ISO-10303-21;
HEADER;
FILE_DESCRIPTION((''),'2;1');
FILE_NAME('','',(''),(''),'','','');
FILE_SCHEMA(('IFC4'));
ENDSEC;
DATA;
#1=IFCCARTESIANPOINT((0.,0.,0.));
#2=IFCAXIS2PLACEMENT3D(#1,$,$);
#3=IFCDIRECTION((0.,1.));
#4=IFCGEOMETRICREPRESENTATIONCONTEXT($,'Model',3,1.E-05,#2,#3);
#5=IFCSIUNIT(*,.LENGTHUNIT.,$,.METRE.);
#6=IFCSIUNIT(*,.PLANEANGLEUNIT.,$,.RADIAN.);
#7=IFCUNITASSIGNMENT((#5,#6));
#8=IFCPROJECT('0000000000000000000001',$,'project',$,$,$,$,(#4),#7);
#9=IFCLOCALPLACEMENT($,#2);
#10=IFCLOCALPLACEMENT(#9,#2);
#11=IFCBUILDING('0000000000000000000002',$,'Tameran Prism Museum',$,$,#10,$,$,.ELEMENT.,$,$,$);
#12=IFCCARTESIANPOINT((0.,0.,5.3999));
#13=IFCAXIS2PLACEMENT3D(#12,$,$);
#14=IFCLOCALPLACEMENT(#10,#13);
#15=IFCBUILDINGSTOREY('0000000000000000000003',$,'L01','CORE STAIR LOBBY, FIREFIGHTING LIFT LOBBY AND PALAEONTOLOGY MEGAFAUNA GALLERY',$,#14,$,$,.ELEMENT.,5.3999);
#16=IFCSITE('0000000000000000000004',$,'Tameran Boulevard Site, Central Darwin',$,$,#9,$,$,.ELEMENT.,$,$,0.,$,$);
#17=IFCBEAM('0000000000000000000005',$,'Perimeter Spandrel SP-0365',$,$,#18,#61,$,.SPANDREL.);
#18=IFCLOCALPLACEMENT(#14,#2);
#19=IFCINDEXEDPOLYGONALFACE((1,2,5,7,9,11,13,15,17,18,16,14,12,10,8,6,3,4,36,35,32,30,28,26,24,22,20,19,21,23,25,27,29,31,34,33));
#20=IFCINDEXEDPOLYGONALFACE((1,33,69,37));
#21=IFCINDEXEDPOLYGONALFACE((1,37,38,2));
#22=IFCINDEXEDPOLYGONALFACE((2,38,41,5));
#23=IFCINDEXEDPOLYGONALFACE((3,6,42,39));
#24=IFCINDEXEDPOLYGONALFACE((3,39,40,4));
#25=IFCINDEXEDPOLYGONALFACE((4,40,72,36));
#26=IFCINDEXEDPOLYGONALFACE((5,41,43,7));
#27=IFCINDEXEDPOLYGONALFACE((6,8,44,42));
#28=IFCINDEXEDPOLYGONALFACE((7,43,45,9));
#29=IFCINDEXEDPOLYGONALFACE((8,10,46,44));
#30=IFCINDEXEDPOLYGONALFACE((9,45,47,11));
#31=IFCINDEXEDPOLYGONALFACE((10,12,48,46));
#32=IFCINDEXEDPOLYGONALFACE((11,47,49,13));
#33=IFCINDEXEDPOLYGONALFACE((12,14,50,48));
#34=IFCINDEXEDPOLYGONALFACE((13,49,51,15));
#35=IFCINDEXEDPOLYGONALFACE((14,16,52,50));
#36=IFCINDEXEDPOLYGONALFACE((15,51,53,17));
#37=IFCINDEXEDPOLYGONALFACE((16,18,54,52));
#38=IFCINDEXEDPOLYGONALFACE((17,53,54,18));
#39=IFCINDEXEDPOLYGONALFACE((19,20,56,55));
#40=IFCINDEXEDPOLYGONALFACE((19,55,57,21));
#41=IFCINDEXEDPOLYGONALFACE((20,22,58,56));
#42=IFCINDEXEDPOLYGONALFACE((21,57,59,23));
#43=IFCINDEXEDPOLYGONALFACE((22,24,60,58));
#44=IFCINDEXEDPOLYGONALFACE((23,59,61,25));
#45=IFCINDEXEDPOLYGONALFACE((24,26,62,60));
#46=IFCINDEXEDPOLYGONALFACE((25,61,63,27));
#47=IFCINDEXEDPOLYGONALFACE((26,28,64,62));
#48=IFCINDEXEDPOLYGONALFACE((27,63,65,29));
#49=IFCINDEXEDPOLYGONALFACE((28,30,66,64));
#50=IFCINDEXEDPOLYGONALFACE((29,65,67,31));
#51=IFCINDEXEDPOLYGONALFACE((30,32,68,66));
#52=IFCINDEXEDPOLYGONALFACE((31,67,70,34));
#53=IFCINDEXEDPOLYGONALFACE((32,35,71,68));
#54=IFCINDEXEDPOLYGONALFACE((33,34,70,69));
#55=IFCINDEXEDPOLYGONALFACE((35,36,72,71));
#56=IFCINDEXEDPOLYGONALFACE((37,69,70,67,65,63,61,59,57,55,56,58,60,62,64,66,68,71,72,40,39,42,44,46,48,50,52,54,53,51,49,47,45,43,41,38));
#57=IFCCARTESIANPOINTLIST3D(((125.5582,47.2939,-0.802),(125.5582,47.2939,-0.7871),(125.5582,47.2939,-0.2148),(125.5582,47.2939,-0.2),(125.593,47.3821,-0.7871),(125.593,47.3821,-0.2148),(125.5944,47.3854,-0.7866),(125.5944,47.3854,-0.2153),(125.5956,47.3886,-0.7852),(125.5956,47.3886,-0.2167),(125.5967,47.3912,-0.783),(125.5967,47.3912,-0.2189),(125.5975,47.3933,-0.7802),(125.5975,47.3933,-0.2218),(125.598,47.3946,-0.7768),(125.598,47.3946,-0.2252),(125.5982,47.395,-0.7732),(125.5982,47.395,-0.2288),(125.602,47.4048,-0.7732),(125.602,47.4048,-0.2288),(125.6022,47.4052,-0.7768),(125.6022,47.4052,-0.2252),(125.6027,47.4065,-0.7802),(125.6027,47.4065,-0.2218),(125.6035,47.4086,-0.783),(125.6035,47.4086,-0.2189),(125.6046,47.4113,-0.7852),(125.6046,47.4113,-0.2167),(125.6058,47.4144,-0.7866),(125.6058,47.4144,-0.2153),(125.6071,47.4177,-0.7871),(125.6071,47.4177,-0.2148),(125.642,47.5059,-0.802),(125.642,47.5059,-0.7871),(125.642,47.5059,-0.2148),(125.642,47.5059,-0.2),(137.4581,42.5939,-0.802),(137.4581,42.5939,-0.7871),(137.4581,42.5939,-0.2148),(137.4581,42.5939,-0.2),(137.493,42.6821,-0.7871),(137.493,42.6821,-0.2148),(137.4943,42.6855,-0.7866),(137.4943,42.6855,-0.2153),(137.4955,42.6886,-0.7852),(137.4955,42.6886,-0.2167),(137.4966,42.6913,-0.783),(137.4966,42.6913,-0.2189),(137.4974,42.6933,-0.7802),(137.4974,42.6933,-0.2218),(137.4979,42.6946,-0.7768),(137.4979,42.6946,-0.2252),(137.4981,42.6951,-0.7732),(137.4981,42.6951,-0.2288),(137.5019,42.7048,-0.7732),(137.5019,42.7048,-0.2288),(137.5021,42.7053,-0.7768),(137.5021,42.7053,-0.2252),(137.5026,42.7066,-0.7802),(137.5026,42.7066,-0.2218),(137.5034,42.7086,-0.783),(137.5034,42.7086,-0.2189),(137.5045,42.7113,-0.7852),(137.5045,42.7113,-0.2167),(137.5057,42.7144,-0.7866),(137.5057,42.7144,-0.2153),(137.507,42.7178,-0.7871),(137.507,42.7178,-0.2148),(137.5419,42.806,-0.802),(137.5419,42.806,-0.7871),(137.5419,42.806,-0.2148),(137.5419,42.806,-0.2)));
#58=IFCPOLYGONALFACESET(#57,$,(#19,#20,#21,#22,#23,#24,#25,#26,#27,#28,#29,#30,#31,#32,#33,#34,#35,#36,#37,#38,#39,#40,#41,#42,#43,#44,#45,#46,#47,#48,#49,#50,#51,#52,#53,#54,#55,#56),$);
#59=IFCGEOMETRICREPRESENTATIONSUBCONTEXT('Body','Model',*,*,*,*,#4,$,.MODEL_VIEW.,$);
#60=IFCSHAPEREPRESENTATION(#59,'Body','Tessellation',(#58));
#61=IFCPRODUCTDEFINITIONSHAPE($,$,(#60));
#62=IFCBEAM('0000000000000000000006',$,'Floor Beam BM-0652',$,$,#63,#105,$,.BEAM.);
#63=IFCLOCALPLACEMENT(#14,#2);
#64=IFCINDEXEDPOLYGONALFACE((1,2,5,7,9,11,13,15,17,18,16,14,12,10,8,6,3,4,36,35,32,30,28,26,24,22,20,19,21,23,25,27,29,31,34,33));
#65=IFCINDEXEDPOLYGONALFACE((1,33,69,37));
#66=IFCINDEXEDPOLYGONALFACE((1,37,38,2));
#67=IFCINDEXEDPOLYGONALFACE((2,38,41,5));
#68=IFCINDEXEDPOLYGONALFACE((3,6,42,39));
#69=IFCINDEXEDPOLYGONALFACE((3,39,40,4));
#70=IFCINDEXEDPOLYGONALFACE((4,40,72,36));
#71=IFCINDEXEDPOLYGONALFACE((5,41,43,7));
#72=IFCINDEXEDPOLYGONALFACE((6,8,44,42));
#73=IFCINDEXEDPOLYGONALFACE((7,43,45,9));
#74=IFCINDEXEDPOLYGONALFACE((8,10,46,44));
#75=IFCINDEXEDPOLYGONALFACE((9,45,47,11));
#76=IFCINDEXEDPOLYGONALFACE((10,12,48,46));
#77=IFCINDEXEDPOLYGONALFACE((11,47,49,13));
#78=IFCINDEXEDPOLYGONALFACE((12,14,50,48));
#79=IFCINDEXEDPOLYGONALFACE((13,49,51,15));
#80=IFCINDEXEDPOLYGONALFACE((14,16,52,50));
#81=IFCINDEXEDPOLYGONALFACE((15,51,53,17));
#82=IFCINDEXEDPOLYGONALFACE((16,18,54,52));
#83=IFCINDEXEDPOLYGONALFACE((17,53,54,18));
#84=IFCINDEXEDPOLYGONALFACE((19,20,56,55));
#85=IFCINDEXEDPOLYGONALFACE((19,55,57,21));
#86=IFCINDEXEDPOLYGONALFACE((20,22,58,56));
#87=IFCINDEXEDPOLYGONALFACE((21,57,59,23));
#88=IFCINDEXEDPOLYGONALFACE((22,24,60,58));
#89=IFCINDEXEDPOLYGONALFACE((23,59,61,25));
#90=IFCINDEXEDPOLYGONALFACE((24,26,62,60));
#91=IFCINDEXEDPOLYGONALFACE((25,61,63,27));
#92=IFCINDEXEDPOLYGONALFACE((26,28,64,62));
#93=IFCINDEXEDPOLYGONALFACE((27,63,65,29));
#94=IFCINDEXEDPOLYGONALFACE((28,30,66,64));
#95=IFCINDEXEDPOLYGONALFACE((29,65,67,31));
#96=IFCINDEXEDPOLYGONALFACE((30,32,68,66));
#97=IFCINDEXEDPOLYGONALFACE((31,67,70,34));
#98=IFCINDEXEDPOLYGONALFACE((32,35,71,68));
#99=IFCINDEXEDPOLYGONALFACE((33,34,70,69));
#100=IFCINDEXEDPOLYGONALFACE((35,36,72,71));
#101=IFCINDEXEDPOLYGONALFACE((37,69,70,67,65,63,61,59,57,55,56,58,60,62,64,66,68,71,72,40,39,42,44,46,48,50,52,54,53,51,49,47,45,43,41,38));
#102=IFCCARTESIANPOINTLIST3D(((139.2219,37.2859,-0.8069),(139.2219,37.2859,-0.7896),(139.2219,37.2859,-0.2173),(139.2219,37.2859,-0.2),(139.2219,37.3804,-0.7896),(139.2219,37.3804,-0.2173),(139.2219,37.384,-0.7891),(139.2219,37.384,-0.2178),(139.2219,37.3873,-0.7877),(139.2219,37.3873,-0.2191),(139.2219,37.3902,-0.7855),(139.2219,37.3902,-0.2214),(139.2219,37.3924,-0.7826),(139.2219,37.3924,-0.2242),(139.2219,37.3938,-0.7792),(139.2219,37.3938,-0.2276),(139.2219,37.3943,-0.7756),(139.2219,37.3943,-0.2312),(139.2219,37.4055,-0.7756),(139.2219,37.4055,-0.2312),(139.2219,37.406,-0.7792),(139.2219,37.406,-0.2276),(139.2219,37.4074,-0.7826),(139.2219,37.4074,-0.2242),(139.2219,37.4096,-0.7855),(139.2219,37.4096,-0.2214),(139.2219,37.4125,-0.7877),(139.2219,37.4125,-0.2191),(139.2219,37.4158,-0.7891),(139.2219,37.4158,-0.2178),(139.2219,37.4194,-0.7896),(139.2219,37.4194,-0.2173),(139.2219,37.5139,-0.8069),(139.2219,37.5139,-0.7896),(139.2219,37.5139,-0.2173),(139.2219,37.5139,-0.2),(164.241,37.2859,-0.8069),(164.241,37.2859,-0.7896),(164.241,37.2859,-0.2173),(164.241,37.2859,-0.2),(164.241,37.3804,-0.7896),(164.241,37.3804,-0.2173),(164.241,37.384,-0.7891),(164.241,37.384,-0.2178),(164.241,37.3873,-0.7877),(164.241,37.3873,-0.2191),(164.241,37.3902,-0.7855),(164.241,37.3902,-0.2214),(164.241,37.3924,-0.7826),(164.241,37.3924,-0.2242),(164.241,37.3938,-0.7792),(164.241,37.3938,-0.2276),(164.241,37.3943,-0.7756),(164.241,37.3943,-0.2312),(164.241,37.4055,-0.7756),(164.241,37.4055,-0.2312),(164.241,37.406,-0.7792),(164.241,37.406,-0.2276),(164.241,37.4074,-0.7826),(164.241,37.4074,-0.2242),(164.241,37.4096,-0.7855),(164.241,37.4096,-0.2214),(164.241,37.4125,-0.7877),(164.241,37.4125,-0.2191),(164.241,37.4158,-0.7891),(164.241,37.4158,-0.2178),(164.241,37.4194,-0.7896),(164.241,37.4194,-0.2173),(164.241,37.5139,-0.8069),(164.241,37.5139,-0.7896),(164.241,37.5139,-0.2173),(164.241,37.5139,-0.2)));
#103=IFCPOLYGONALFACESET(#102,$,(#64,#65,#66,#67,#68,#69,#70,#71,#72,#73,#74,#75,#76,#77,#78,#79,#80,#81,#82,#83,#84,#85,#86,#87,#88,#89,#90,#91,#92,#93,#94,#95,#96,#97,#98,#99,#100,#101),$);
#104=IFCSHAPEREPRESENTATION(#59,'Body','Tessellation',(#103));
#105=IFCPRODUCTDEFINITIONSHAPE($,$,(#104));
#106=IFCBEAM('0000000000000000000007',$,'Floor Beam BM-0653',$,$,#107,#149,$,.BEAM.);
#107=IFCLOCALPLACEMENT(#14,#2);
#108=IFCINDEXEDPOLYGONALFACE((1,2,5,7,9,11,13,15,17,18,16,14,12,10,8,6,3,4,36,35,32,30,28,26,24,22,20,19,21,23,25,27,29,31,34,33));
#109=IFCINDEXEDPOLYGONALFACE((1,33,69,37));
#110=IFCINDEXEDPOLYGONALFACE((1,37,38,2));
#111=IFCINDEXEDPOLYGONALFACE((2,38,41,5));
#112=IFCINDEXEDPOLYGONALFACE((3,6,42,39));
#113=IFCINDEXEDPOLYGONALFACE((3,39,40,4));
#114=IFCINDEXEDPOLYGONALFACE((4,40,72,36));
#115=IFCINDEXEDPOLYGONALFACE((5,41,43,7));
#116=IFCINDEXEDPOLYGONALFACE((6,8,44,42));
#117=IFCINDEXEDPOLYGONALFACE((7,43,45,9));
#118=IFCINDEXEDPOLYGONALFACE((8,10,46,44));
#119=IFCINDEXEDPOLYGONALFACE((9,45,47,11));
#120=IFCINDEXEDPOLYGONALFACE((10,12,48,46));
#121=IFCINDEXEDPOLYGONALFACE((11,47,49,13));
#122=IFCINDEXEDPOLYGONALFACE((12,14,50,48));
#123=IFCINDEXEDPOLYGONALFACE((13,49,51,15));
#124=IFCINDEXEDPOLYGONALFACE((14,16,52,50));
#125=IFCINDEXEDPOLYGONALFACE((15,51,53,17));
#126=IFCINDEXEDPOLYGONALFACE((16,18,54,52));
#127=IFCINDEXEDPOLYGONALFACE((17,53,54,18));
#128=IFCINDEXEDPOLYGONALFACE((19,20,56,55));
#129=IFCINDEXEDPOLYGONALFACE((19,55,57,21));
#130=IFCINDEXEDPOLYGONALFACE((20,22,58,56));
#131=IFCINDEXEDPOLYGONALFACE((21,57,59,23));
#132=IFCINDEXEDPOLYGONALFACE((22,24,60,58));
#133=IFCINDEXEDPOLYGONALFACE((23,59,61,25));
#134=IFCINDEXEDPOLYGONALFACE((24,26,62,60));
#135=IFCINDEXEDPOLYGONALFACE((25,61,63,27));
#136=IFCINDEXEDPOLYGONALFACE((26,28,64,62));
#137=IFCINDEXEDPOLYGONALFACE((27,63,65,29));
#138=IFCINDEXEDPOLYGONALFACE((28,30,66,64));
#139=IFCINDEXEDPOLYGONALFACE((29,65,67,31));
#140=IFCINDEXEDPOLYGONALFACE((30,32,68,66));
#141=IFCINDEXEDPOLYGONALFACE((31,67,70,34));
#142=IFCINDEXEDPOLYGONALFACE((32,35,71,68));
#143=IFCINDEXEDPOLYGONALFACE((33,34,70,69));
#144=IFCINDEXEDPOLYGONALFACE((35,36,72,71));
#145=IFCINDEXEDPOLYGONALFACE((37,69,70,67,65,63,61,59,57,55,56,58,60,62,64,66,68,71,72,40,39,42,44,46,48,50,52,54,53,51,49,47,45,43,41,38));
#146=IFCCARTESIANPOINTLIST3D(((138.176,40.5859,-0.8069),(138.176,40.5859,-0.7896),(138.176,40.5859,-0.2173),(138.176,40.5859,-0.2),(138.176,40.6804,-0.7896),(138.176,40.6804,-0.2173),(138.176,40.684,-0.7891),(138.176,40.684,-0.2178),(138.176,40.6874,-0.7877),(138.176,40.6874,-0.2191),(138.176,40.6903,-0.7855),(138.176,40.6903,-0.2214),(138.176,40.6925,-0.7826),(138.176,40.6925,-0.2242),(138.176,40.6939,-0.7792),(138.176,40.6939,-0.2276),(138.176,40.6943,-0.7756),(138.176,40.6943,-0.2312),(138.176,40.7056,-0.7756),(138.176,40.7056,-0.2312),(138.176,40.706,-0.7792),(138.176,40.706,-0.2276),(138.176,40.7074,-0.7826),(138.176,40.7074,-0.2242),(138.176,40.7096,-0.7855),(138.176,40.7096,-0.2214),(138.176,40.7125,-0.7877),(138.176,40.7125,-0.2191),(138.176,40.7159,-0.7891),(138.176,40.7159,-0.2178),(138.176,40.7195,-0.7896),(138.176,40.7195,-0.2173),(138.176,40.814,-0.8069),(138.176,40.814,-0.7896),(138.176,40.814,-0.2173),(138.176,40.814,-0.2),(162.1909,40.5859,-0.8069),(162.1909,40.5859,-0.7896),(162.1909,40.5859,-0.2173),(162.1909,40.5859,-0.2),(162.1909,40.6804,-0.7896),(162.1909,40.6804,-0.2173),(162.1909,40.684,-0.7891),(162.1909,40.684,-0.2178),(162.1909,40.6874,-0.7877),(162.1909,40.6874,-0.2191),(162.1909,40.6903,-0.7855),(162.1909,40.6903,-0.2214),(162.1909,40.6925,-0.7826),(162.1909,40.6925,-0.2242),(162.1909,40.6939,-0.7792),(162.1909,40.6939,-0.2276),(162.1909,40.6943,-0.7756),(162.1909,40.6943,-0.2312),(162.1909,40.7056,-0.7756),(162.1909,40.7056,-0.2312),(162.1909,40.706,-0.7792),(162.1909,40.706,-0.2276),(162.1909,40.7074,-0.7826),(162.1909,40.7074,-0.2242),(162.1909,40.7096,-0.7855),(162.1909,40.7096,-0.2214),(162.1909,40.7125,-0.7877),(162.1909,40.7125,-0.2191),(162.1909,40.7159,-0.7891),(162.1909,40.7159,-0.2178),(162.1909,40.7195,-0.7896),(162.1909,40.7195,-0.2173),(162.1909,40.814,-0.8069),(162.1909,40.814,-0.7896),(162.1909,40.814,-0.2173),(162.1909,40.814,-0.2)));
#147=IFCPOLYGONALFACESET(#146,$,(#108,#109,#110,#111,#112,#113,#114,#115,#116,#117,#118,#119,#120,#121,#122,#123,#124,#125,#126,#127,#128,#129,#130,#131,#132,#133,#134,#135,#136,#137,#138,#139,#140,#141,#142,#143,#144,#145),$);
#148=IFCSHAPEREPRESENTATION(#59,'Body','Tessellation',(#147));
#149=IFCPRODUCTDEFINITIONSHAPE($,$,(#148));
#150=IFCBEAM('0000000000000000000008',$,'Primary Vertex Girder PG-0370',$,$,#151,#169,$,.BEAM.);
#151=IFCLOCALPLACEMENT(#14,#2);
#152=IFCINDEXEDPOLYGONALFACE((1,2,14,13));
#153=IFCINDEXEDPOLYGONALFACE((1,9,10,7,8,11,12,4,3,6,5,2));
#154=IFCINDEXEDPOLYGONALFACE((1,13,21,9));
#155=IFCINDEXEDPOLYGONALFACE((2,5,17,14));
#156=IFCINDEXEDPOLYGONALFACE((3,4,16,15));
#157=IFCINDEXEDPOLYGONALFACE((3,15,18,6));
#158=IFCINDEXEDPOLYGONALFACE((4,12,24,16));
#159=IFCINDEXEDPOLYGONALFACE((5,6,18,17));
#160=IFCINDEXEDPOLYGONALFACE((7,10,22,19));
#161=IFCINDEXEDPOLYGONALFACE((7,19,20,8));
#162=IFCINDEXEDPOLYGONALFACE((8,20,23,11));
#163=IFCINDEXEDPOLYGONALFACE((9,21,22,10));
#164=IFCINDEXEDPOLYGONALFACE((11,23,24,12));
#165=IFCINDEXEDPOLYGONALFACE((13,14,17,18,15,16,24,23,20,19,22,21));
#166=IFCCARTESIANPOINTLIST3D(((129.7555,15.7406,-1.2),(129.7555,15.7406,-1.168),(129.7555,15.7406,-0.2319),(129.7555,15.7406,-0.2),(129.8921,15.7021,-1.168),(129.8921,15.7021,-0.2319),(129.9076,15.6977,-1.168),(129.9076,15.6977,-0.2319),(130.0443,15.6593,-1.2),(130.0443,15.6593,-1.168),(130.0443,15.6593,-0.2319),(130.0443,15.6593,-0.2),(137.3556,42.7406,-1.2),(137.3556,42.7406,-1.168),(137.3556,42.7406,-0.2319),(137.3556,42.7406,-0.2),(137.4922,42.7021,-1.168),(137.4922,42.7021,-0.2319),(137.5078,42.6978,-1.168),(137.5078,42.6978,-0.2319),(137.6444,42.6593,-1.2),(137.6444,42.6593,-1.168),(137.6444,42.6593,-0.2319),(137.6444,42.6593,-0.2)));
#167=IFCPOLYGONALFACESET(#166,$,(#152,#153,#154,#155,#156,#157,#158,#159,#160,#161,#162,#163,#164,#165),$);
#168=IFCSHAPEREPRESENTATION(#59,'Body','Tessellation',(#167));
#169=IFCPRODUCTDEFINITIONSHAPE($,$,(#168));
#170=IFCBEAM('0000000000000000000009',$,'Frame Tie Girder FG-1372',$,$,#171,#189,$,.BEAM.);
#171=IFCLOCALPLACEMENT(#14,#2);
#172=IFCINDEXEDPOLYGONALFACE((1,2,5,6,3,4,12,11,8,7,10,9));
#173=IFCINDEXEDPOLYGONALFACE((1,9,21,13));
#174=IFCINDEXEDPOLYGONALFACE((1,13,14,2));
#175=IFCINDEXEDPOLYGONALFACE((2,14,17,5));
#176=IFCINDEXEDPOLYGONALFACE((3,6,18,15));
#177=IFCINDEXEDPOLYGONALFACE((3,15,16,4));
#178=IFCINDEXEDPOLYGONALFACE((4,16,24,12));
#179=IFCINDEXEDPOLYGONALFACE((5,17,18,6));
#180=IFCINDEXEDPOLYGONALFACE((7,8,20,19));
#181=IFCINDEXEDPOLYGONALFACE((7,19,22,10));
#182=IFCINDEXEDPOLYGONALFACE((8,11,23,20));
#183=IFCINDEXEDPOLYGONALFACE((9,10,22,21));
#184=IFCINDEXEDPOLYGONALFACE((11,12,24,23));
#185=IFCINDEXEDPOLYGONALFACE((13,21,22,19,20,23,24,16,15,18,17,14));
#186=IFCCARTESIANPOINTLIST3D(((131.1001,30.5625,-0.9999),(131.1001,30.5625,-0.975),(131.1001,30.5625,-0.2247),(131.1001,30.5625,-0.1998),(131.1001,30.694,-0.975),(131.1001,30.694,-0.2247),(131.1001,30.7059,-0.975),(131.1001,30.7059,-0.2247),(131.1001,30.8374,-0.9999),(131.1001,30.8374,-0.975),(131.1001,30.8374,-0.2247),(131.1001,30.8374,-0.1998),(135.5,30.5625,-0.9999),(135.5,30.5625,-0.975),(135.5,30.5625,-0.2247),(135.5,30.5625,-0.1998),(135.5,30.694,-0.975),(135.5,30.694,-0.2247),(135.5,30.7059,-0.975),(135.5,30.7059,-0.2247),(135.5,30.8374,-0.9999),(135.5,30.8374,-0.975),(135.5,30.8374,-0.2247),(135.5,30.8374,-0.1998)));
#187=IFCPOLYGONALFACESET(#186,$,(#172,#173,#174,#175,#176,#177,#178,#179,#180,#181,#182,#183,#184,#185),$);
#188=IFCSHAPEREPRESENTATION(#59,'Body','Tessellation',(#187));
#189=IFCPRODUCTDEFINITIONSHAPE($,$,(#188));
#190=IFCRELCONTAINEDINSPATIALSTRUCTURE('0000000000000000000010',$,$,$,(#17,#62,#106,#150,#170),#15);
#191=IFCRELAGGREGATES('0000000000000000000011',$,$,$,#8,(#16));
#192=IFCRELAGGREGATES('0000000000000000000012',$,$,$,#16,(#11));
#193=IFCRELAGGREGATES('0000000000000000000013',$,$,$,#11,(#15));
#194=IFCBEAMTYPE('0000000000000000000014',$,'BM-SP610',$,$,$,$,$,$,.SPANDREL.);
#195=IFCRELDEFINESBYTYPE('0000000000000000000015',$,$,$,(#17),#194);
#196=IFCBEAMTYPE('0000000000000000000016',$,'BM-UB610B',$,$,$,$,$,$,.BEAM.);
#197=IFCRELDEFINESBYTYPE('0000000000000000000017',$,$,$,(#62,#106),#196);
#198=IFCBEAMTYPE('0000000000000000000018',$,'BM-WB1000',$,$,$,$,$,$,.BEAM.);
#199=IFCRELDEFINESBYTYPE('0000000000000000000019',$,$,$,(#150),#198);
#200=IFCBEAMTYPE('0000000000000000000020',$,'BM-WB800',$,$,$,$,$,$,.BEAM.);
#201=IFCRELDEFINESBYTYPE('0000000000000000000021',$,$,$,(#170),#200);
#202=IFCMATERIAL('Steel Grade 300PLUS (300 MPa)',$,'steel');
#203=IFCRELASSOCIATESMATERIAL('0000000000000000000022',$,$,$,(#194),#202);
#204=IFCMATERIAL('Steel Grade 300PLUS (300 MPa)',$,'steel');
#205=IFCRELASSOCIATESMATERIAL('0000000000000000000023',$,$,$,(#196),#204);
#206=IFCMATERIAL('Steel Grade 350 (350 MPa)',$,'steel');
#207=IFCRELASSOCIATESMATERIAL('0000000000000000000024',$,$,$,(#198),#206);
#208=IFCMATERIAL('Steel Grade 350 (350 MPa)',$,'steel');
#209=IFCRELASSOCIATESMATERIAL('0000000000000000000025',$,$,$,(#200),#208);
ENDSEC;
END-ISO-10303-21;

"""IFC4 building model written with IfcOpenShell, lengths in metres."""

from ifc_helpers import new_model, si_unit, direction, frame, origin, origin_2d, place, context, subcontext, project, spatial, i_section, extrude, material, material_profile, profile_set, type_object, element, save


model = new_model("IFC4")

# Units and contexts
model_context = context("Model", 3, precision=1e-05, world=origin(), true_north=direction((0.0, 1.0)))
body_context = subcontext(model_context, "Body", "Model", "MODEL_VIEW")
ifc_project = project(units=[si_unit("LENGTHUNIT", "METRE"), si_unit("PLANEANGLEUNIT", "RADIAN")], contexts=[model_context])

# Site, building, storey
site_placement = place(None, origin())
site = spatial("IfcSite", under=ifc_project, at=site_placement, Name="Tameran Boulevard Site, Central Darwin", CompositionType="ELEMENT", RefElevation=0.0)
building_placement = place(site_placement, origin())
building = spatial("IfcBuilding", under=site, at=building_placement, Name="Tameran Prism Museum", CompositionType="ELEMENT")
storey_placement = place(building_placement, frame((0.0, 0.0, 5.3999)))
storey = spatial("IfcBuildingStorey", under=building, at=storey_placement, Name="L01", Description="CORE STAIR LOBBY, FIREFIGHTING LIFT LOBBY AND PALAEONTOLOGY MEGAFAUNA GALLERY", CompositionType="ELEMENT", Elevation=5.3999)

# Beams
ifc_material_1 = material(Name="Steel Grade 300PLUS (300 MPa)", Category="steel")
ifc_material_profile_1 = material_profile(ifc_material_1, i_section(OverallWidth=0.228, OverallDepth=0.6021, WebThickness=0.0105, FlangeThickness=0.0149, FilletRadius=0.0139, at=origin_2d()))
ifc_profile_set_1 = profile_set([ifc_material_profile_1])
beam_type_1 = type_object("IfcBeamType", Name="BM-SP610", PredefinedType="SPANDREL", material=ifc_profile_set_1)
beam_1_placement = place(storey_placement, frame((137.5, 42.7, -0.501), z_axis=(-0.930085, 0.367344, 0.0), x_axis=(-0.367344, -0.930085, 0.0)))
element("IfcBeam", 1, at=beam_1_placement, inside=storey, type_object=beam_type_1, Name="Perimeter Spandrel SP-0365", PredefinedType="SPANDREL", context=body_context, shape_type="SweptSolid", body=[
    extrude(i_section(OverallWidth=0.228, OverallDepth=0.6021, WebThickness=0.0105, FlangeThickness=0.0149, FilletRadius=0.0139, at=origin_2d()), origin(), (0.0, 0.0, 1.0), 12.7944),
])
ifc_material_2 = material(Name="Steel Grade 300PLUS (300 MPa)", Category="steel")
ifc_material_profile_2 = material_profile(ifc_material_2, i_section(OverallWidth=0.228, OverallDepth=0.6069, WebThickness=0.0112, FlangeThickness=0.0173, FilletRadius=0.0139, at=origin_2d()))
ifc_profile_set_2 = profile_set([ifc_material_profile_2])
beam_type_2 = type_object("IfcBeamType", Name="BM-UB610B", PredefinedType="BEAM", material=ifc_profile_set_2)
beam_2_placement = place(storey_placement, frame((139.2219, 37.3999, -0.5034), z_axis=(1.0, 0.0, 0.0), x_axis=(0.0, 1.0, 0.0)))
element("IfcBeam", 2, at=beam_2_placement, inside=storey, type_object=beam_type_2, Name="Floor Beam BM-0652", PredefinedType="BEAM", context=body_context, shape_type="SweptSolid", body=[
    extrude(i_section(OverallWidth=0.228, OverallDepth=0.6069, WebThickness=0.0112, FlangeThickness=0.0173, FilletRadius=0.0139, at=origin_2d()), origin(), (0.0, 0.0, 1.0), 25.019),
])
beam_3_placement = place(storey_placement, frame((138.176, 40.7, -0.5034), z_axis=(1.0, 0.0, 0.0), x_axis=(0.0, 1.0, 0.0)))
element("IfcBeam", 3, at=beam_3_placement, inside=storey, type_object=beam_type_2, Name="Floor Beam BM-0653", PredefinedType="BEAM", context=body_context, shape_type="SweptSolid", body=[
    extrude(i_section(OverallWidth=0.228, OverallDepth=0.6069, WebThickness=0.0112, FlangeThickness=0.0173, FilletRadius=0.0139, at=origin_2d()), origin(), (0.0, 0.0, 1.0), 24.0149),
])
ifc_material_3 = material(Name="Steel Grade 350 (350 MPa)", Category="steel")
ifc_material_profile_3 = material_profile(ifc_material_3, i_section(OverallWidth=0.3, OverallDepth=1.0, WebThickness=0.0161, FlangeThickness=0.032, at=origin_2d()))
ifc_profile_set_3 = profile_set([ifc_material_profile_3])
beam_type_3 = type_object("IfcBeamType", Name="BM-WB1000", PredefinedType="BEAM", material=ifc_profile_set_3)
beam_4_placement = place(storey_placement, frame((137.5, 42.7, -0.7), z_axis=(-0.270955, -0.962592, 0.0), x_axis=(0.962592, -0.270955, 0.0)))
element("IfcBeam", 4, at=beam_4_placement, inside=storey, type_object=beam_type_3, Name="Primary Vertex Girder PG-0370", PredefinedType="BEAM", context=body_context, shape_type="SweptSolid", body=[
    extrude(i_section(OverallWidth=0.3, OverallDepth=1.0, WebThickness=0.0161, FlangeThickness=0.032, at=origin_2d()), origin(), (0.0, 0.0, 1.0), 28.0493),
])
ifc_material_4 = material(Name="Steel Grade 350 (350 MPa)", Category="steel")
ifc_material_profile_4 = material_profile(ifc_material_4, i_section(OverallWidth=0.2749, OverallDepth=0.8, WebThickness=0.012, FlangeThickness=0.0249, at=origin_2d()))
ifc_profile_set_4 = profile_set([ifc_material_profile_4])
beam_type_4 = type_object("IfcBeamType", Name="BM-WB800", PredefinedType="BEAM", material=ifc_profile_set_4)
for number, where, z_axis, x_axis, name in (
    (5, (131.1001, 30.7, -0.5999), (1.0, 0.0, 0.0), (0.0, 1.0, 0.0), "Frame Tie Girder FG-1372"),
):
    element("IfcBeam", number, at=place(storey_placement, frame(where, z_axis=z_axis, x_axis=x_axis)), inside=storey, type_object=beam_type_4, Name=name, PredefinedType="BEAM", context=body_context, shape_type="SweptSolid", body=[
        extrude(i_section(OverallWidth=0.2749, OverallDepth=0.8, WebThickness=0.012, FlangeThickness=0.0249, at=origin_2d()), origin(), (0.0, 0.0, 1.0), 4.3999),
    ])

save(model, "model.ifc")
